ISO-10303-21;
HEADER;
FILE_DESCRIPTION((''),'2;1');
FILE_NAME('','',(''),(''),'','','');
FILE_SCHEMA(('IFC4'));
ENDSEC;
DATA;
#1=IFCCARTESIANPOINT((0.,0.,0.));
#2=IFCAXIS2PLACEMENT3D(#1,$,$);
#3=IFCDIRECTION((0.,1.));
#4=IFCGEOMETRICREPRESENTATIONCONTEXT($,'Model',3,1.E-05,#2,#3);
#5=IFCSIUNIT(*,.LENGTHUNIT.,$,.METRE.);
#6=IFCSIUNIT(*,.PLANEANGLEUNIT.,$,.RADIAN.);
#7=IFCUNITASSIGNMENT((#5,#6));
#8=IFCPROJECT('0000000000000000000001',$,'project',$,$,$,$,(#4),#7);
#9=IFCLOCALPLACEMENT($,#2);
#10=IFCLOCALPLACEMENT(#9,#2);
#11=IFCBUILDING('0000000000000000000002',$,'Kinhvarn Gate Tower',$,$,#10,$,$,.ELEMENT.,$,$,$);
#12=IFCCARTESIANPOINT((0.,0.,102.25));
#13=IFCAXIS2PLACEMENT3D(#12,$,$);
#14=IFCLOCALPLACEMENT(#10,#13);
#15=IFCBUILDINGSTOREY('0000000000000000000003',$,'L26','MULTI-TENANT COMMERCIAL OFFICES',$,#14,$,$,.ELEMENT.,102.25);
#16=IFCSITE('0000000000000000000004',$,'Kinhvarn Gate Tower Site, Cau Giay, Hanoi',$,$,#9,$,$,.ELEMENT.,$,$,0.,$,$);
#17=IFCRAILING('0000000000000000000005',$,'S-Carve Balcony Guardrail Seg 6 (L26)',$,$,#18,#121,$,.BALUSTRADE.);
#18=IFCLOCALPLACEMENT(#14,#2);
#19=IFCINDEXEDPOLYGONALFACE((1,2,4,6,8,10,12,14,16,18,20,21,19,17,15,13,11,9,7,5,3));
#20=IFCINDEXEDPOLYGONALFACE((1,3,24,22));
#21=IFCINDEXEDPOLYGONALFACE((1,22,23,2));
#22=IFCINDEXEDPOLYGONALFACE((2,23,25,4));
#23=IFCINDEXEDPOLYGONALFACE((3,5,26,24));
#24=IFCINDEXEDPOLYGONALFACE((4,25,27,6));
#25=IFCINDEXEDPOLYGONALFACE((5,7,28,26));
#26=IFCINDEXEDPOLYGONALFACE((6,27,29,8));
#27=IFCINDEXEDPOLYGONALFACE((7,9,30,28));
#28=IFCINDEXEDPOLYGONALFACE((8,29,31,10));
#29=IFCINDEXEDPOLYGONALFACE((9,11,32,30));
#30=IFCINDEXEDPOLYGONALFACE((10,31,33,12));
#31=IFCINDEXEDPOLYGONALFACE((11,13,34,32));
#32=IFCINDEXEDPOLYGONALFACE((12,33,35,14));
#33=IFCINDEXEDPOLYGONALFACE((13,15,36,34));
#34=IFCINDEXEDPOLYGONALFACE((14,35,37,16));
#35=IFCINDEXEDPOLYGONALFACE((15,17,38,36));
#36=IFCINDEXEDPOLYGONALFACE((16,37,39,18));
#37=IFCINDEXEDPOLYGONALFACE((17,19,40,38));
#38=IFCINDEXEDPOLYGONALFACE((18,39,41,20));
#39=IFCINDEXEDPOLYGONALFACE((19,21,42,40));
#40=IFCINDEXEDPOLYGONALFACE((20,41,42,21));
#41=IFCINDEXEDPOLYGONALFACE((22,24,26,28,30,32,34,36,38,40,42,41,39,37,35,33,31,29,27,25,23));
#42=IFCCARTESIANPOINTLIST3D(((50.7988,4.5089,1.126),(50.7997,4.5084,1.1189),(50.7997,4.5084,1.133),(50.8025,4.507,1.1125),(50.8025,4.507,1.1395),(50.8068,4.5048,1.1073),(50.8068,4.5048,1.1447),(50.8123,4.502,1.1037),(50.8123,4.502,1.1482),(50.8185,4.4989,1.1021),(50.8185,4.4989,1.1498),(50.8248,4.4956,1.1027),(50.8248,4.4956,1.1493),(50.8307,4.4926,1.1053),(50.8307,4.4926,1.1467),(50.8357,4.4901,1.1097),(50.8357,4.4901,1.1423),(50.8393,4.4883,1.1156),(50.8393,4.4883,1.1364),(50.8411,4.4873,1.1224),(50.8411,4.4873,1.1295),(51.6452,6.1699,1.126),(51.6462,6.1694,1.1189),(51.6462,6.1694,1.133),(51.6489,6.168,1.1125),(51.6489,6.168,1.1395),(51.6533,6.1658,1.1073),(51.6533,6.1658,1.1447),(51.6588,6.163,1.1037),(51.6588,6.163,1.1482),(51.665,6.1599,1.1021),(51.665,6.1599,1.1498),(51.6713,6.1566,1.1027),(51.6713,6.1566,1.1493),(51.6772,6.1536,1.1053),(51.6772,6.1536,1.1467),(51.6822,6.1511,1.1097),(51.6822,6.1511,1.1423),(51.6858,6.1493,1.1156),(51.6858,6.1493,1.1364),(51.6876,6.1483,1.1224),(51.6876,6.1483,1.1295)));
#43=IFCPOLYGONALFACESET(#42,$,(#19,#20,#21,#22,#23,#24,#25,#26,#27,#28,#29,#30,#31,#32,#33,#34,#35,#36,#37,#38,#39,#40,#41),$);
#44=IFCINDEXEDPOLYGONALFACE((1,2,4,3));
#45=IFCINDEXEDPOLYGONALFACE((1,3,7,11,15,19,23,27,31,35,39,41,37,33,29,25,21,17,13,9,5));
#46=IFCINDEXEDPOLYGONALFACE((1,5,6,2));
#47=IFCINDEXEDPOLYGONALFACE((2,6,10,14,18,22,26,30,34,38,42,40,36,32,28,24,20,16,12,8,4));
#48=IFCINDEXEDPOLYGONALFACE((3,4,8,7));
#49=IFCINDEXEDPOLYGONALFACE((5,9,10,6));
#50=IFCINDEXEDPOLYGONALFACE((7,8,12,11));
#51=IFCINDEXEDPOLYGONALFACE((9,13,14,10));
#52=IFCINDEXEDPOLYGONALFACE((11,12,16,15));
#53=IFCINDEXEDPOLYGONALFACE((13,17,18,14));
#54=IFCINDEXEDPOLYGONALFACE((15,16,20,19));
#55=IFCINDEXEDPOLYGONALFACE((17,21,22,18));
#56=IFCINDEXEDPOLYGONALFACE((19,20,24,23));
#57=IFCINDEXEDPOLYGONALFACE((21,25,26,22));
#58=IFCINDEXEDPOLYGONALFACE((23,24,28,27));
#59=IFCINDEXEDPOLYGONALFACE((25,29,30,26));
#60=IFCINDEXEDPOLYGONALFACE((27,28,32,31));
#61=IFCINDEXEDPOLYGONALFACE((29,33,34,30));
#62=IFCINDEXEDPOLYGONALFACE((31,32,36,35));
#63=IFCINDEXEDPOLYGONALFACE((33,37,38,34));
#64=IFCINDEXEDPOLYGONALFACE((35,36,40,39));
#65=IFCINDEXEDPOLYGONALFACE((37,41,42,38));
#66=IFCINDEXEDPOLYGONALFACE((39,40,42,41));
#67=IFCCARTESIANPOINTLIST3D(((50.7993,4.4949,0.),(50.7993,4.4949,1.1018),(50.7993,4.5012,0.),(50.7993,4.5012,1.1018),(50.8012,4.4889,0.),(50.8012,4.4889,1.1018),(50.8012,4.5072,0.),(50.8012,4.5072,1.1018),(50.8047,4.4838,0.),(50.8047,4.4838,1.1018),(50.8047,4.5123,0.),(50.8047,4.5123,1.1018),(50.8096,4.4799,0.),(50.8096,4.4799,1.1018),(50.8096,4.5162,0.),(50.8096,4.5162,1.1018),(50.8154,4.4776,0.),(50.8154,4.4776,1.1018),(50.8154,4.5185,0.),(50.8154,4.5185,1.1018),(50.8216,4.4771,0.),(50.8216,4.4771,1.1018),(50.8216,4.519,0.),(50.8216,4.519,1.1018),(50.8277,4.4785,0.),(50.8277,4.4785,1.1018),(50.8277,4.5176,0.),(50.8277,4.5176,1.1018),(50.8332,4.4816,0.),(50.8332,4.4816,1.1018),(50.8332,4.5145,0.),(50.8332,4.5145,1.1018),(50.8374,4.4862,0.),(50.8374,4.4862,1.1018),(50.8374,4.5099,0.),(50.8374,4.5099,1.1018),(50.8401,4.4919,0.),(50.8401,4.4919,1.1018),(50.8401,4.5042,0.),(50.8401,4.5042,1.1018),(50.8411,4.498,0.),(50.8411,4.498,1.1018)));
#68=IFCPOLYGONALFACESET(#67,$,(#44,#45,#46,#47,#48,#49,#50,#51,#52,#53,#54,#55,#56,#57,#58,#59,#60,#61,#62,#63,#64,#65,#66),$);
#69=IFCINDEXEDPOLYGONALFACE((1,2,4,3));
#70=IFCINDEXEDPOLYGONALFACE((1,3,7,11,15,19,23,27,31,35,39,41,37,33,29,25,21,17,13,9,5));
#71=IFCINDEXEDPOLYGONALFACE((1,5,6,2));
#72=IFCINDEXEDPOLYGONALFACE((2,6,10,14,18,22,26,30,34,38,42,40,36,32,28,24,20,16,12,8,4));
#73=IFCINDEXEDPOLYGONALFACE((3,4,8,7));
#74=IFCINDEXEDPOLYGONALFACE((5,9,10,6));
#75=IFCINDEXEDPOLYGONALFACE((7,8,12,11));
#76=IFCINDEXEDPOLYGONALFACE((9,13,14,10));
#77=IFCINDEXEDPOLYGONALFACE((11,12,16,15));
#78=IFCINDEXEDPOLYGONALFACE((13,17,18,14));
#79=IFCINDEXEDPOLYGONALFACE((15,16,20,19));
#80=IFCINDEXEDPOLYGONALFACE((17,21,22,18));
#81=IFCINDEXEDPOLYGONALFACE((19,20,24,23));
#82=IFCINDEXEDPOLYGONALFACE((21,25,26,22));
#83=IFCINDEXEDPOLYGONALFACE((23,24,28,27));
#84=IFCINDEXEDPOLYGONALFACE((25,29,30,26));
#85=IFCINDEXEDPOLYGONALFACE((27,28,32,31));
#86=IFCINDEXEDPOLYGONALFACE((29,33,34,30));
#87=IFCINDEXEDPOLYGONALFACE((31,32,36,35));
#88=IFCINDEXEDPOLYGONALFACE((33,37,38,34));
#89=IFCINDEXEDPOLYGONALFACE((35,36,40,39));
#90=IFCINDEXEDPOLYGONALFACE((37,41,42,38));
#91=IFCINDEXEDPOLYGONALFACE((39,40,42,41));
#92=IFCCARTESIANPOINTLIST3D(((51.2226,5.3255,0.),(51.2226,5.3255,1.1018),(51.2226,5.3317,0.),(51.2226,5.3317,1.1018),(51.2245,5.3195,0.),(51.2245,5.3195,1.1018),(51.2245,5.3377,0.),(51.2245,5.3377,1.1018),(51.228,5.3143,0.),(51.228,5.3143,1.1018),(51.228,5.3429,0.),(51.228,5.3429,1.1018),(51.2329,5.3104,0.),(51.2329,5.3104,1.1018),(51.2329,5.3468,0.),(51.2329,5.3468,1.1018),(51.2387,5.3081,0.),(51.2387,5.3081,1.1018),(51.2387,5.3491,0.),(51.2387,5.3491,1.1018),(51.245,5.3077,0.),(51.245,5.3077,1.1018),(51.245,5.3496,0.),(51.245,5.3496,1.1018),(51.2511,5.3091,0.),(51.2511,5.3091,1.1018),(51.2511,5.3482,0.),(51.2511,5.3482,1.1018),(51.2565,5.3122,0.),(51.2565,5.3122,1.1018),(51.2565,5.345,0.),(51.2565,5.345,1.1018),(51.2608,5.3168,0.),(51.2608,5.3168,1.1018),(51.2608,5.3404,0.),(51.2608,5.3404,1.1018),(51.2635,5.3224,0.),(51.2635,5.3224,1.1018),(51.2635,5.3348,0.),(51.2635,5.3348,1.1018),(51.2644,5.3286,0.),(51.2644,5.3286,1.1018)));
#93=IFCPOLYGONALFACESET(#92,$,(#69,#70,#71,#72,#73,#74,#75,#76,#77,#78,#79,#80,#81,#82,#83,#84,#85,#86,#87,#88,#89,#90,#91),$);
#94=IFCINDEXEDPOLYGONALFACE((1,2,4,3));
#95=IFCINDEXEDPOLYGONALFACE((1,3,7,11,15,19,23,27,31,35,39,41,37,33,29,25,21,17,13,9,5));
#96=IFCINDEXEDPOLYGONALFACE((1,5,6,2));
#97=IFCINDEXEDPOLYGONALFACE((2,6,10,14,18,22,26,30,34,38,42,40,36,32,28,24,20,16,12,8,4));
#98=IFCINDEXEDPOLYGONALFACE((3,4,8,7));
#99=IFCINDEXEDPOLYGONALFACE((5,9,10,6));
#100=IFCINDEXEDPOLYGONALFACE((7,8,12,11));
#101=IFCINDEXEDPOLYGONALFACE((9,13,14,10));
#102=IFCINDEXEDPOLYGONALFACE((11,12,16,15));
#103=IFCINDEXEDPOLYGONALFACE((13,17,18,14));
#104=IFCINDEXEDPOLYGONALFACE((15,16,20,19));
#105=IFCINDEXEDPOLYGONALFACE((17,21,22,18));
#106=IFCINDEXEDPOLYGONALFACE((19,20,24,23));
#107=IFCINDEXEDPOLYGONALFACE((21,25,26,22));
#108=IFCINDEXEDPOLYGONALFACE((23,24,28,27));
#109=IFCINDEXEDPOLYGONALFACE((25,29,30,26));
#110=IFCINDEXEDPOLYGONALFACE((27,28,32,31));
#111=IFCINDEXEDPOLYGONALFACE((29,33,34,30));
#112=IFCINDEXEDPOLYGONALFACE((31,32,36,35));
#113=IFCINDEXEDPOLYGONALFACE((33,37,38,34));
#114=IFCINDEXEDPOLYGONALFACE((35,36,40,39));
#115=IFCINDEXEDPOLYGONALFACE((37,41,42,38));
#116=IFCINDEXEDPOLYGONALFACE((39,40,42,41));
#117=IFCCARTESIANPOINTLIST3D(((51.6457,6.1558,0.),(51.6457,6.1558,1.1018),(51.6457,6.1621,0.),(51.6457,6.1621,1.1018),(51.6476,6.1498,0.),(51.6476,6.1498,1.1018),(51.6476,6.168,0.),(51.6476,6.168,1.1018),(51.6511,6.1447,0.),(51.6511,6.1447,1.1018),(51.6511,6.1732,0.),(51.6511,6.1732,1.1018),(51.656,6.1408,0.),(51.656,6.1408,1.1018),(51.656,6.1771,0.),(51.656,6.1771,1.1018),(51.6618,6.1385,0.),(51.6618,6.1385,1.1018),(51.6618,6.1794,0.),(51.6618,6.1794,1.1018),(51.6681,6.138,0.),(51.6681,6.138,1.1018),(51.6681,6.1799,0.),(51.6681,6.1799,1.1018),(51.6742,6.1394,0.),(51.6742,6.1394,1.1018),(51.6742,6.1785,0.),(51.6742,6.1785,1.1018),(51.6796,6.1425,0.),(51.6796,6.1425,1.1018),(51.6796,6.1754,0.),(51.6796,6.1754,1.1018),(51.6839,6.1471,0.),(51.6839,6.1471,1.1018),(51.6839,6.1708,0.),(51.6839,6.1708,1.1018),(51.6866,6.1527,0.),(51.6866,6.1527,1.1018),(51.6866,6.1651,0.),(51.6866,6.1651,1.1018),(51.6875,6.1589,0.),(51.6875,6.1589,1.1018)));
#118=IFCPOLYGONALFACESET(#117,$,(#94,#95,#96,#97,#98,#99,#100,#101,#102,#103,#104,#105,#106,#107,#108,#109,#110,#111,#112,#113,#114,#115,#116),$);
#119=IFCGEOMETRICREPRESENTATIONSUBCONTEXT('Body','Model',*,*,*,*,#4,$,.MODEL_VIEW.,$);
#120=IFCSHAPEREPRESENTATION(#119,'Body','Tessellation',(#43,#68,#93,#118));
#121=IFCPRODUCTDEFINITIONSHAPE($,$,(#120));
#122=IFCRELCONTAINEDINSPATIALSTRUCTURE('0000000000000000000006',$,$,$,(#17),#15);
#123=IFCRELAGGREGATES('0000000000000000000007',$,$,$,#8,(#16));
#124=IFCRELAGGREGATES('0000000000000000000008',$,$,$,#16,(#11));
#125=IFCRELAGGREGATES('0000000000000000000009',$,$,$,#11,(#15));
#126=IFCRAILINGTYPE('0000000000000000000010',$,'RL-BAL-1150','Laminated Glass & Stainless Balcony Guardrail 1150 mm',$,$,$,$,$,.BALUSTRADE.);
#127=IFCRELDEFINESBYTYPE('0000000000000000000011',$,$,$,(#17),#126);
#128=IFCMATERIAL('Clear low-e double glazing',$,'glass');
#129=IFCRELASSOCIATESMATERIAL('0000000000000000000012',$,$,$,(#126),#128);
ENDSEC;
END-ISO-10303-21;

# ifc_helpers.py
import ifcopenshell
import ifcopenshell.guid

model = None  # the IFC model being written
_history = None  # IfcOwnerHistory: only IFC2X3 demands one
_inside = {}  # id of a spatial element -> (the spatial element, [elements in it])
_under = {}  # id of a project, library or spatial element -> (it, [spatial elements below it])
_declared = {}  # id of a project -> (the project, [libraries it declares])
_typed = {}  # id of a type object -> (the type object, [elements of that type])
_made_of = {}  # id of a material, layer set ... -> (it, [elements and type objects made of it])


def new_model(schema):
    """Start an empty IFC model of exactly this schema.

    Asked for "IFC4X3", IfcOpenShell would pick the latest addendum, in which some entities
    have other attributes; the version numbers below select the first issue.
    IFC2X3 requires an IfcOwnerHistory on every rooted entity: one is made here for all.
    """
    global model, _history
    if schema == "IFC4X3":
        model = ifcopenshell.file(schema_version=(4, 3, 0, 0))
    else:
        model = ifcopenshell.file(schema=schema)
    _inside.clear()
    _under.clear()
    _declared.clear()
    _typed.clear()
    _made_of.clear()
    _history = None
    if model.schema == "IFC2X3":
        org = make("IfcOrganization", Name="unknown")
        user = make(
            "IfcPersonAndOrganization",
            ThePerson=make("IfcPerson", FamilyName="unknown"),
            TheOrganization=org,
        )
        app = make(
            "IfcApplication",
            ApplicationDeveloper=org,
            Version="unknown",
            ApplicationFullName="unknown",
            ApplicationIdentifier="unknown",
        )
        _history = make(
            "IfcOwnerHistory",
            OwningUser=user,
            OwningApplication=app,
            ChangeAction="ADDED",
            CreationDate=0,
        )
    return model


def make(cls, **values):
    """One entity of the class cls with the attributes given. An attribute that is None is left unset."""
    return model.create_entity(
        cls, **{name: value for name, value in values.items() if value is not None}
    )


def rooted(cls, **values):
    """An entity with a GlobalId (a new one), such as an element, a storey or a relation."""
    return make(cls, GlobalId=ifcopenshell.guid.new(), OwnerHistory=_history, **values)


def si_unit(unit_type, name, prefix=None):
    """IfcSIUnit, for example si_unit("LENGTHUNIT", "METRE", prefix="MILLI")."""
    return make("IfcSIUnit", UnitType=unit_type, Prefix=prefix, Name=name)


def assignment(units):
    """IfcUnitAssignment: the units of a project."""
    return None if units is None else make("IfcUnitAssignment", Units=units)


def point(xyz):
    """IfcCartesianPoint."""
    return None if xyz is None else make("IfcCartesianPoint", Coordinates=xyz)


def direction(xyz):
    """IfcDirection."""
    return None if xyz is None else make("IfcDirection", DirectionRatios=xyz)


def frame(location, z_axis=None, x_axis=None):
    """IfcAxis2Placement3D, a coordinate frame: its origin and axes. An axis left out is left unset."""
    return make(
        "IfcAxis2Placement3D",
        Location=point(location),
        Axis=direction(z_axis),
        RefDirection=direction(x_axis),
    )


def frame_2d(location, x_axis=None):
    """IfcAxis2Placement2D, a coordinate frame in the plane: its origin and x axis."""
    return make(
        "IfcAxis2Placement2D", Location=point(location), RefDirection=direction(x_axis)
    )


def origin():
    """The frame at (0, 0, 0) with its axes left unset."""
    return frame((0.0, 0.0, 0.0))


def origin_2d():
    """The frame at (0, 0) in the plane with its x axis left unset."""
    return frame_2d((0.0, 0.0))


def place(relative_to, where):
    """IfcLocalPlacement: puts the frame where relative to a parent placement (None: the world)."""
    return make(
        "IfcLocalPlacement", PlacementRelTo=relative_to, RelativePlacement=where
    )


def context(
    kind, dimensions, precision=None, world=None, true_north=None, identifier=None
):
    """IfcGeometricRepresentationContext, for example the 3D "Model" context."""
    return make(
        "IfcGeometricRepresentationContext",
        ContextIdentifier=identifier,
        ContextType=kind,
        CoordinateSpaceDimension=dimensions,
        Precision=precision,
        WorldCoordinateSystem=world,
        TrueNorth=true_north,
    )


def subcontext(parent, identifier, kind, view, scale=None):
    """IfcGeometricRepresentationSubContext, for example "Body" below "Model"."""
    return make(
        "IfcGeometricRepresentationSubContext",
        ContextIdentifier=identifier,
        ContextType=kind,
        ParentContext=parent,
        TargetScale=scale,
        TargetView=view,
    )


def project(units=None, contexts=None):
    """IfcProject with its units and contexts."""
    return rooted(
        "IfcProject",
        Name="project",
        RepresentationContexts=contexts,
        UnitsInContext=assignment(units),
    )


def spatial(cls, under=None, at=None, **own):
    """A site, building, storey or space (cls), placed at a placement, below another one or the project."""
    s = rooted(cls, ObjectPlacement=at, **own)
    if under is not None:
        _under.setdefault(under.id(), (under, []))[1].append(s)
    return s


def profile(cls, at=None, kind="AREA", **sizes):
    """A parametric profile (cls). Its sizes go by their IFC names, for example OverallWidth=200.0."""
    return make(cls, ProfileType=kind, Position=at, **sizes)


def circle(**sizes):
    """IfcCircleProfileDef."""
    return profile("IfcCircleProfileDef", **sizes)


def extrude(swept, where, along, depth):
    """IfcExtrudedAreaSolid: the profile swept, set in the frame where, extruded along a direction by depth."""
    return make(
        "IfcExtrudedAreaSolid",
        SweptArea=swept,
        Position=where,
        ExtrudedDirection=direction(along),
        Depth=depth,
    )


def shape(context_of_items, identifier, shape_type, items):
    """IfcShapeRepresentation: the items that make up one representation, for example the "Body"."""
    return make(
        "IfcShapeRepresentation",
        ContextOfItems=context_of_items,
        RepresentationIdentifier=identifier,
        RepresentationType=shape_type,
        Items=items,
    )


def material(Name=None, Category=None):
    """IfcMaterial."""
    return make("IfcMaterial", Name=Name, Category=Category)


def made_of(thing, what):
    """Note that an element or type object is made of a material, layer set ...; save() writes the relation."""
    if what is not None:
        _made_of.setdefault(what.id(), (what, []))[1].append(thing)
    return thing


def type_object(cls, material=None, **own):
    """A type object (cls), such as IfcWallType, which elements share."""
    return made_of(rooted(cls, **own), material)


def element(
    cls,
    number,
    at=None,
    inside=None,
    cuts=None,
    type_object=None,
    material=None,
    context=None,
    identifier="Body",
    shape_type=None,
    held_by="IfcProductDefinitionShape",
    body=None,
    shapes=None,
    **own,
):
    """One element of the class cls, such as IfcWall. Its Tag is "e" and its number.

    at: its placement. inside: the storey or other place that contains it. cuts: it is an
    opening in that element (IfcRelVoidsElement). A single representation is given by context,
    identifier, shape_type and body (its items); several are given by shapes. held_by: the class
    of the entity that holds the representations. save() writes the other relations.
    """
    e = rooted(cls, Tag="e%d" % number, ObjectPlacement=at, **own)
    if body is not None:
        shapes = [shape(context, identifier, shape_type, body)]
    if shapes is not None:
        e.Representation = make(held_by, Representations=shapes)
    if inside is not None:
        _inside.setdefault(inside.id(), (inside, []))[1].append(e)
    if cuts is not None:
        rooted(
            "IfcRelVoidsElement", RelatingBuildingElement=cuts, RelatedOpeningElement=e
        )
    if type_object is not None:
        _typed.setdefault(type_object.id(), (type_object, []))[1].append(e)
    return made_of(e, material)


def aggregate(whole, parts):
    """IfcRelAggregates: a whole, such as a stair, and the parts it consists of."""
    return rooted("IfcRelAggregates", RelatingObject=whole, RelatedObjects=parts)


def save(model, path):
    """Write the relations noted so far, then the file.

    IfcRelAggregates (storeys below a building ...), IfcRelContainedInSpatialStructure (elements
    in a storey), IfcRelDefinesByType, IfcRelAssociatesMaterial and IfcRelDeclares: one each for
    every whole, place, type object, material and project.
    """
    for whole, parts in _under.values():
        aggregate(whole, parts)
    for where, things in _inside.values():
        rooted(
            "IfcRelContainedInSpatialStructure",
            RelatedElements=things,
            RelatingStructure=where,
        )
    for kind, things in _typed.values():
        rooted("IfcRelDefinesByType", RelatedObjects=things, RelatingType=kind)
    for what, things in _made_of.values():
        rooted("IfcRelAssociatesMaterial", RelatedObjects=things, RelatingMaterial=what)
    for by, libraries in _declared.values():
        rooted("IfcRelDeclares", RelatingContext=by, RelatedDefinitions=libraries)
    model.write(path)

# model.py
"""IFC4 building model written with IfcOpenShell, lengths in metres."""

from ifc_helpers import new_model, si_unit, direction, frame, origin, origin_2d, place, context, subcontext, project, spatial, circle, extrude, material, type_object, element, save


model = new_model("IFC4")

# Units and contexts
model_context = context("Model", 3, precision=1e-05, world=origin(), true_north=direction((0.0, 1.0)))
body_context = subcontext(model_context, "Body", "Model", "MODEL_VIEW")
ifc_project = project(units=[si_unit("LENGTHUNIT", "METRE"), si_unit("PLANEANGLEUNIT", "RADIAN")], contexts=[model_context])

# Site, building, storey
site_placement = place(None, origin())
site = spatial("IfcSite", under=ifc_project, at=site_placement, Name="Kinhvarn Gate Tower Site, Cau Giay, Hanoi", CompositionType="ELEMENT", RefElevation=0.0)
building_placement = place(site_placement, origin())
building = spatial("IfcBuilding", under=site, at=building_placement, Name="Kinhvarn Gate Tower", CompositionType="ELEMENT")
storey_placement = place(building_placement, frame((0.0, 0.0, 102.25)))
storey = spatial("IfcBuildingStorey", under=building, at=storey_placement, Name="L26", Description="MULTI-TENANT COMMERCIAL OFFICES", CompositionType="ELEMENT", Elevation=102.25)

# Shared definitions
ifc_material_1 = material(Name="Clear low-e double glazing", Category="glass")

# Railing
railing_type = type_object("IfcRailingType", Name="RL-BAL-1150", Description="Laminated Glass & Stainless Balcony Guardrail 1150 mm", PredefinedType="BALUSTRADE", material=ifc_material_1)
railing_1_placement = place(storey_placement, frame((50.8201, 4.498, 0.0)))
element("IfcRailing", 1, at=railing_1_placement, inside=storey, type_object=railing_type, Name="S-Carve Balcony Guardrail Seg 6 (L26)", PredefinedType="BALUSTRADE", context=body_context, shape_type="SweptSolid", body=[
    extrude(circle(Radius=0.0239, at=origin_2d()), frame((0.0, 0.0, 1.126), z_axis=(0.454063, 0.89097, 0.0), x_axis=(-0.89097, 0.454063, 0.0)), (0.0, 0.0, 1.0), 1.8643),
    extrude(circle(Radius=0.021, at=origin_2d()), origin(), (0.0, 0.0, 1.0), 1.1018),
    extrude(circle(Radius=0.021, at=origin_2d()), frame((0.4233, 0.8306, 0.0)), (0.0, 0.0, 1.0), 1.1018),
    extrude(circle(Radius=0.021, at=origin_2d()), frame((0.8464, 1.6609, 0.0)), (0.0, 0.0, 1.0), 1.1018),
])

save(model, "model.ifc")
